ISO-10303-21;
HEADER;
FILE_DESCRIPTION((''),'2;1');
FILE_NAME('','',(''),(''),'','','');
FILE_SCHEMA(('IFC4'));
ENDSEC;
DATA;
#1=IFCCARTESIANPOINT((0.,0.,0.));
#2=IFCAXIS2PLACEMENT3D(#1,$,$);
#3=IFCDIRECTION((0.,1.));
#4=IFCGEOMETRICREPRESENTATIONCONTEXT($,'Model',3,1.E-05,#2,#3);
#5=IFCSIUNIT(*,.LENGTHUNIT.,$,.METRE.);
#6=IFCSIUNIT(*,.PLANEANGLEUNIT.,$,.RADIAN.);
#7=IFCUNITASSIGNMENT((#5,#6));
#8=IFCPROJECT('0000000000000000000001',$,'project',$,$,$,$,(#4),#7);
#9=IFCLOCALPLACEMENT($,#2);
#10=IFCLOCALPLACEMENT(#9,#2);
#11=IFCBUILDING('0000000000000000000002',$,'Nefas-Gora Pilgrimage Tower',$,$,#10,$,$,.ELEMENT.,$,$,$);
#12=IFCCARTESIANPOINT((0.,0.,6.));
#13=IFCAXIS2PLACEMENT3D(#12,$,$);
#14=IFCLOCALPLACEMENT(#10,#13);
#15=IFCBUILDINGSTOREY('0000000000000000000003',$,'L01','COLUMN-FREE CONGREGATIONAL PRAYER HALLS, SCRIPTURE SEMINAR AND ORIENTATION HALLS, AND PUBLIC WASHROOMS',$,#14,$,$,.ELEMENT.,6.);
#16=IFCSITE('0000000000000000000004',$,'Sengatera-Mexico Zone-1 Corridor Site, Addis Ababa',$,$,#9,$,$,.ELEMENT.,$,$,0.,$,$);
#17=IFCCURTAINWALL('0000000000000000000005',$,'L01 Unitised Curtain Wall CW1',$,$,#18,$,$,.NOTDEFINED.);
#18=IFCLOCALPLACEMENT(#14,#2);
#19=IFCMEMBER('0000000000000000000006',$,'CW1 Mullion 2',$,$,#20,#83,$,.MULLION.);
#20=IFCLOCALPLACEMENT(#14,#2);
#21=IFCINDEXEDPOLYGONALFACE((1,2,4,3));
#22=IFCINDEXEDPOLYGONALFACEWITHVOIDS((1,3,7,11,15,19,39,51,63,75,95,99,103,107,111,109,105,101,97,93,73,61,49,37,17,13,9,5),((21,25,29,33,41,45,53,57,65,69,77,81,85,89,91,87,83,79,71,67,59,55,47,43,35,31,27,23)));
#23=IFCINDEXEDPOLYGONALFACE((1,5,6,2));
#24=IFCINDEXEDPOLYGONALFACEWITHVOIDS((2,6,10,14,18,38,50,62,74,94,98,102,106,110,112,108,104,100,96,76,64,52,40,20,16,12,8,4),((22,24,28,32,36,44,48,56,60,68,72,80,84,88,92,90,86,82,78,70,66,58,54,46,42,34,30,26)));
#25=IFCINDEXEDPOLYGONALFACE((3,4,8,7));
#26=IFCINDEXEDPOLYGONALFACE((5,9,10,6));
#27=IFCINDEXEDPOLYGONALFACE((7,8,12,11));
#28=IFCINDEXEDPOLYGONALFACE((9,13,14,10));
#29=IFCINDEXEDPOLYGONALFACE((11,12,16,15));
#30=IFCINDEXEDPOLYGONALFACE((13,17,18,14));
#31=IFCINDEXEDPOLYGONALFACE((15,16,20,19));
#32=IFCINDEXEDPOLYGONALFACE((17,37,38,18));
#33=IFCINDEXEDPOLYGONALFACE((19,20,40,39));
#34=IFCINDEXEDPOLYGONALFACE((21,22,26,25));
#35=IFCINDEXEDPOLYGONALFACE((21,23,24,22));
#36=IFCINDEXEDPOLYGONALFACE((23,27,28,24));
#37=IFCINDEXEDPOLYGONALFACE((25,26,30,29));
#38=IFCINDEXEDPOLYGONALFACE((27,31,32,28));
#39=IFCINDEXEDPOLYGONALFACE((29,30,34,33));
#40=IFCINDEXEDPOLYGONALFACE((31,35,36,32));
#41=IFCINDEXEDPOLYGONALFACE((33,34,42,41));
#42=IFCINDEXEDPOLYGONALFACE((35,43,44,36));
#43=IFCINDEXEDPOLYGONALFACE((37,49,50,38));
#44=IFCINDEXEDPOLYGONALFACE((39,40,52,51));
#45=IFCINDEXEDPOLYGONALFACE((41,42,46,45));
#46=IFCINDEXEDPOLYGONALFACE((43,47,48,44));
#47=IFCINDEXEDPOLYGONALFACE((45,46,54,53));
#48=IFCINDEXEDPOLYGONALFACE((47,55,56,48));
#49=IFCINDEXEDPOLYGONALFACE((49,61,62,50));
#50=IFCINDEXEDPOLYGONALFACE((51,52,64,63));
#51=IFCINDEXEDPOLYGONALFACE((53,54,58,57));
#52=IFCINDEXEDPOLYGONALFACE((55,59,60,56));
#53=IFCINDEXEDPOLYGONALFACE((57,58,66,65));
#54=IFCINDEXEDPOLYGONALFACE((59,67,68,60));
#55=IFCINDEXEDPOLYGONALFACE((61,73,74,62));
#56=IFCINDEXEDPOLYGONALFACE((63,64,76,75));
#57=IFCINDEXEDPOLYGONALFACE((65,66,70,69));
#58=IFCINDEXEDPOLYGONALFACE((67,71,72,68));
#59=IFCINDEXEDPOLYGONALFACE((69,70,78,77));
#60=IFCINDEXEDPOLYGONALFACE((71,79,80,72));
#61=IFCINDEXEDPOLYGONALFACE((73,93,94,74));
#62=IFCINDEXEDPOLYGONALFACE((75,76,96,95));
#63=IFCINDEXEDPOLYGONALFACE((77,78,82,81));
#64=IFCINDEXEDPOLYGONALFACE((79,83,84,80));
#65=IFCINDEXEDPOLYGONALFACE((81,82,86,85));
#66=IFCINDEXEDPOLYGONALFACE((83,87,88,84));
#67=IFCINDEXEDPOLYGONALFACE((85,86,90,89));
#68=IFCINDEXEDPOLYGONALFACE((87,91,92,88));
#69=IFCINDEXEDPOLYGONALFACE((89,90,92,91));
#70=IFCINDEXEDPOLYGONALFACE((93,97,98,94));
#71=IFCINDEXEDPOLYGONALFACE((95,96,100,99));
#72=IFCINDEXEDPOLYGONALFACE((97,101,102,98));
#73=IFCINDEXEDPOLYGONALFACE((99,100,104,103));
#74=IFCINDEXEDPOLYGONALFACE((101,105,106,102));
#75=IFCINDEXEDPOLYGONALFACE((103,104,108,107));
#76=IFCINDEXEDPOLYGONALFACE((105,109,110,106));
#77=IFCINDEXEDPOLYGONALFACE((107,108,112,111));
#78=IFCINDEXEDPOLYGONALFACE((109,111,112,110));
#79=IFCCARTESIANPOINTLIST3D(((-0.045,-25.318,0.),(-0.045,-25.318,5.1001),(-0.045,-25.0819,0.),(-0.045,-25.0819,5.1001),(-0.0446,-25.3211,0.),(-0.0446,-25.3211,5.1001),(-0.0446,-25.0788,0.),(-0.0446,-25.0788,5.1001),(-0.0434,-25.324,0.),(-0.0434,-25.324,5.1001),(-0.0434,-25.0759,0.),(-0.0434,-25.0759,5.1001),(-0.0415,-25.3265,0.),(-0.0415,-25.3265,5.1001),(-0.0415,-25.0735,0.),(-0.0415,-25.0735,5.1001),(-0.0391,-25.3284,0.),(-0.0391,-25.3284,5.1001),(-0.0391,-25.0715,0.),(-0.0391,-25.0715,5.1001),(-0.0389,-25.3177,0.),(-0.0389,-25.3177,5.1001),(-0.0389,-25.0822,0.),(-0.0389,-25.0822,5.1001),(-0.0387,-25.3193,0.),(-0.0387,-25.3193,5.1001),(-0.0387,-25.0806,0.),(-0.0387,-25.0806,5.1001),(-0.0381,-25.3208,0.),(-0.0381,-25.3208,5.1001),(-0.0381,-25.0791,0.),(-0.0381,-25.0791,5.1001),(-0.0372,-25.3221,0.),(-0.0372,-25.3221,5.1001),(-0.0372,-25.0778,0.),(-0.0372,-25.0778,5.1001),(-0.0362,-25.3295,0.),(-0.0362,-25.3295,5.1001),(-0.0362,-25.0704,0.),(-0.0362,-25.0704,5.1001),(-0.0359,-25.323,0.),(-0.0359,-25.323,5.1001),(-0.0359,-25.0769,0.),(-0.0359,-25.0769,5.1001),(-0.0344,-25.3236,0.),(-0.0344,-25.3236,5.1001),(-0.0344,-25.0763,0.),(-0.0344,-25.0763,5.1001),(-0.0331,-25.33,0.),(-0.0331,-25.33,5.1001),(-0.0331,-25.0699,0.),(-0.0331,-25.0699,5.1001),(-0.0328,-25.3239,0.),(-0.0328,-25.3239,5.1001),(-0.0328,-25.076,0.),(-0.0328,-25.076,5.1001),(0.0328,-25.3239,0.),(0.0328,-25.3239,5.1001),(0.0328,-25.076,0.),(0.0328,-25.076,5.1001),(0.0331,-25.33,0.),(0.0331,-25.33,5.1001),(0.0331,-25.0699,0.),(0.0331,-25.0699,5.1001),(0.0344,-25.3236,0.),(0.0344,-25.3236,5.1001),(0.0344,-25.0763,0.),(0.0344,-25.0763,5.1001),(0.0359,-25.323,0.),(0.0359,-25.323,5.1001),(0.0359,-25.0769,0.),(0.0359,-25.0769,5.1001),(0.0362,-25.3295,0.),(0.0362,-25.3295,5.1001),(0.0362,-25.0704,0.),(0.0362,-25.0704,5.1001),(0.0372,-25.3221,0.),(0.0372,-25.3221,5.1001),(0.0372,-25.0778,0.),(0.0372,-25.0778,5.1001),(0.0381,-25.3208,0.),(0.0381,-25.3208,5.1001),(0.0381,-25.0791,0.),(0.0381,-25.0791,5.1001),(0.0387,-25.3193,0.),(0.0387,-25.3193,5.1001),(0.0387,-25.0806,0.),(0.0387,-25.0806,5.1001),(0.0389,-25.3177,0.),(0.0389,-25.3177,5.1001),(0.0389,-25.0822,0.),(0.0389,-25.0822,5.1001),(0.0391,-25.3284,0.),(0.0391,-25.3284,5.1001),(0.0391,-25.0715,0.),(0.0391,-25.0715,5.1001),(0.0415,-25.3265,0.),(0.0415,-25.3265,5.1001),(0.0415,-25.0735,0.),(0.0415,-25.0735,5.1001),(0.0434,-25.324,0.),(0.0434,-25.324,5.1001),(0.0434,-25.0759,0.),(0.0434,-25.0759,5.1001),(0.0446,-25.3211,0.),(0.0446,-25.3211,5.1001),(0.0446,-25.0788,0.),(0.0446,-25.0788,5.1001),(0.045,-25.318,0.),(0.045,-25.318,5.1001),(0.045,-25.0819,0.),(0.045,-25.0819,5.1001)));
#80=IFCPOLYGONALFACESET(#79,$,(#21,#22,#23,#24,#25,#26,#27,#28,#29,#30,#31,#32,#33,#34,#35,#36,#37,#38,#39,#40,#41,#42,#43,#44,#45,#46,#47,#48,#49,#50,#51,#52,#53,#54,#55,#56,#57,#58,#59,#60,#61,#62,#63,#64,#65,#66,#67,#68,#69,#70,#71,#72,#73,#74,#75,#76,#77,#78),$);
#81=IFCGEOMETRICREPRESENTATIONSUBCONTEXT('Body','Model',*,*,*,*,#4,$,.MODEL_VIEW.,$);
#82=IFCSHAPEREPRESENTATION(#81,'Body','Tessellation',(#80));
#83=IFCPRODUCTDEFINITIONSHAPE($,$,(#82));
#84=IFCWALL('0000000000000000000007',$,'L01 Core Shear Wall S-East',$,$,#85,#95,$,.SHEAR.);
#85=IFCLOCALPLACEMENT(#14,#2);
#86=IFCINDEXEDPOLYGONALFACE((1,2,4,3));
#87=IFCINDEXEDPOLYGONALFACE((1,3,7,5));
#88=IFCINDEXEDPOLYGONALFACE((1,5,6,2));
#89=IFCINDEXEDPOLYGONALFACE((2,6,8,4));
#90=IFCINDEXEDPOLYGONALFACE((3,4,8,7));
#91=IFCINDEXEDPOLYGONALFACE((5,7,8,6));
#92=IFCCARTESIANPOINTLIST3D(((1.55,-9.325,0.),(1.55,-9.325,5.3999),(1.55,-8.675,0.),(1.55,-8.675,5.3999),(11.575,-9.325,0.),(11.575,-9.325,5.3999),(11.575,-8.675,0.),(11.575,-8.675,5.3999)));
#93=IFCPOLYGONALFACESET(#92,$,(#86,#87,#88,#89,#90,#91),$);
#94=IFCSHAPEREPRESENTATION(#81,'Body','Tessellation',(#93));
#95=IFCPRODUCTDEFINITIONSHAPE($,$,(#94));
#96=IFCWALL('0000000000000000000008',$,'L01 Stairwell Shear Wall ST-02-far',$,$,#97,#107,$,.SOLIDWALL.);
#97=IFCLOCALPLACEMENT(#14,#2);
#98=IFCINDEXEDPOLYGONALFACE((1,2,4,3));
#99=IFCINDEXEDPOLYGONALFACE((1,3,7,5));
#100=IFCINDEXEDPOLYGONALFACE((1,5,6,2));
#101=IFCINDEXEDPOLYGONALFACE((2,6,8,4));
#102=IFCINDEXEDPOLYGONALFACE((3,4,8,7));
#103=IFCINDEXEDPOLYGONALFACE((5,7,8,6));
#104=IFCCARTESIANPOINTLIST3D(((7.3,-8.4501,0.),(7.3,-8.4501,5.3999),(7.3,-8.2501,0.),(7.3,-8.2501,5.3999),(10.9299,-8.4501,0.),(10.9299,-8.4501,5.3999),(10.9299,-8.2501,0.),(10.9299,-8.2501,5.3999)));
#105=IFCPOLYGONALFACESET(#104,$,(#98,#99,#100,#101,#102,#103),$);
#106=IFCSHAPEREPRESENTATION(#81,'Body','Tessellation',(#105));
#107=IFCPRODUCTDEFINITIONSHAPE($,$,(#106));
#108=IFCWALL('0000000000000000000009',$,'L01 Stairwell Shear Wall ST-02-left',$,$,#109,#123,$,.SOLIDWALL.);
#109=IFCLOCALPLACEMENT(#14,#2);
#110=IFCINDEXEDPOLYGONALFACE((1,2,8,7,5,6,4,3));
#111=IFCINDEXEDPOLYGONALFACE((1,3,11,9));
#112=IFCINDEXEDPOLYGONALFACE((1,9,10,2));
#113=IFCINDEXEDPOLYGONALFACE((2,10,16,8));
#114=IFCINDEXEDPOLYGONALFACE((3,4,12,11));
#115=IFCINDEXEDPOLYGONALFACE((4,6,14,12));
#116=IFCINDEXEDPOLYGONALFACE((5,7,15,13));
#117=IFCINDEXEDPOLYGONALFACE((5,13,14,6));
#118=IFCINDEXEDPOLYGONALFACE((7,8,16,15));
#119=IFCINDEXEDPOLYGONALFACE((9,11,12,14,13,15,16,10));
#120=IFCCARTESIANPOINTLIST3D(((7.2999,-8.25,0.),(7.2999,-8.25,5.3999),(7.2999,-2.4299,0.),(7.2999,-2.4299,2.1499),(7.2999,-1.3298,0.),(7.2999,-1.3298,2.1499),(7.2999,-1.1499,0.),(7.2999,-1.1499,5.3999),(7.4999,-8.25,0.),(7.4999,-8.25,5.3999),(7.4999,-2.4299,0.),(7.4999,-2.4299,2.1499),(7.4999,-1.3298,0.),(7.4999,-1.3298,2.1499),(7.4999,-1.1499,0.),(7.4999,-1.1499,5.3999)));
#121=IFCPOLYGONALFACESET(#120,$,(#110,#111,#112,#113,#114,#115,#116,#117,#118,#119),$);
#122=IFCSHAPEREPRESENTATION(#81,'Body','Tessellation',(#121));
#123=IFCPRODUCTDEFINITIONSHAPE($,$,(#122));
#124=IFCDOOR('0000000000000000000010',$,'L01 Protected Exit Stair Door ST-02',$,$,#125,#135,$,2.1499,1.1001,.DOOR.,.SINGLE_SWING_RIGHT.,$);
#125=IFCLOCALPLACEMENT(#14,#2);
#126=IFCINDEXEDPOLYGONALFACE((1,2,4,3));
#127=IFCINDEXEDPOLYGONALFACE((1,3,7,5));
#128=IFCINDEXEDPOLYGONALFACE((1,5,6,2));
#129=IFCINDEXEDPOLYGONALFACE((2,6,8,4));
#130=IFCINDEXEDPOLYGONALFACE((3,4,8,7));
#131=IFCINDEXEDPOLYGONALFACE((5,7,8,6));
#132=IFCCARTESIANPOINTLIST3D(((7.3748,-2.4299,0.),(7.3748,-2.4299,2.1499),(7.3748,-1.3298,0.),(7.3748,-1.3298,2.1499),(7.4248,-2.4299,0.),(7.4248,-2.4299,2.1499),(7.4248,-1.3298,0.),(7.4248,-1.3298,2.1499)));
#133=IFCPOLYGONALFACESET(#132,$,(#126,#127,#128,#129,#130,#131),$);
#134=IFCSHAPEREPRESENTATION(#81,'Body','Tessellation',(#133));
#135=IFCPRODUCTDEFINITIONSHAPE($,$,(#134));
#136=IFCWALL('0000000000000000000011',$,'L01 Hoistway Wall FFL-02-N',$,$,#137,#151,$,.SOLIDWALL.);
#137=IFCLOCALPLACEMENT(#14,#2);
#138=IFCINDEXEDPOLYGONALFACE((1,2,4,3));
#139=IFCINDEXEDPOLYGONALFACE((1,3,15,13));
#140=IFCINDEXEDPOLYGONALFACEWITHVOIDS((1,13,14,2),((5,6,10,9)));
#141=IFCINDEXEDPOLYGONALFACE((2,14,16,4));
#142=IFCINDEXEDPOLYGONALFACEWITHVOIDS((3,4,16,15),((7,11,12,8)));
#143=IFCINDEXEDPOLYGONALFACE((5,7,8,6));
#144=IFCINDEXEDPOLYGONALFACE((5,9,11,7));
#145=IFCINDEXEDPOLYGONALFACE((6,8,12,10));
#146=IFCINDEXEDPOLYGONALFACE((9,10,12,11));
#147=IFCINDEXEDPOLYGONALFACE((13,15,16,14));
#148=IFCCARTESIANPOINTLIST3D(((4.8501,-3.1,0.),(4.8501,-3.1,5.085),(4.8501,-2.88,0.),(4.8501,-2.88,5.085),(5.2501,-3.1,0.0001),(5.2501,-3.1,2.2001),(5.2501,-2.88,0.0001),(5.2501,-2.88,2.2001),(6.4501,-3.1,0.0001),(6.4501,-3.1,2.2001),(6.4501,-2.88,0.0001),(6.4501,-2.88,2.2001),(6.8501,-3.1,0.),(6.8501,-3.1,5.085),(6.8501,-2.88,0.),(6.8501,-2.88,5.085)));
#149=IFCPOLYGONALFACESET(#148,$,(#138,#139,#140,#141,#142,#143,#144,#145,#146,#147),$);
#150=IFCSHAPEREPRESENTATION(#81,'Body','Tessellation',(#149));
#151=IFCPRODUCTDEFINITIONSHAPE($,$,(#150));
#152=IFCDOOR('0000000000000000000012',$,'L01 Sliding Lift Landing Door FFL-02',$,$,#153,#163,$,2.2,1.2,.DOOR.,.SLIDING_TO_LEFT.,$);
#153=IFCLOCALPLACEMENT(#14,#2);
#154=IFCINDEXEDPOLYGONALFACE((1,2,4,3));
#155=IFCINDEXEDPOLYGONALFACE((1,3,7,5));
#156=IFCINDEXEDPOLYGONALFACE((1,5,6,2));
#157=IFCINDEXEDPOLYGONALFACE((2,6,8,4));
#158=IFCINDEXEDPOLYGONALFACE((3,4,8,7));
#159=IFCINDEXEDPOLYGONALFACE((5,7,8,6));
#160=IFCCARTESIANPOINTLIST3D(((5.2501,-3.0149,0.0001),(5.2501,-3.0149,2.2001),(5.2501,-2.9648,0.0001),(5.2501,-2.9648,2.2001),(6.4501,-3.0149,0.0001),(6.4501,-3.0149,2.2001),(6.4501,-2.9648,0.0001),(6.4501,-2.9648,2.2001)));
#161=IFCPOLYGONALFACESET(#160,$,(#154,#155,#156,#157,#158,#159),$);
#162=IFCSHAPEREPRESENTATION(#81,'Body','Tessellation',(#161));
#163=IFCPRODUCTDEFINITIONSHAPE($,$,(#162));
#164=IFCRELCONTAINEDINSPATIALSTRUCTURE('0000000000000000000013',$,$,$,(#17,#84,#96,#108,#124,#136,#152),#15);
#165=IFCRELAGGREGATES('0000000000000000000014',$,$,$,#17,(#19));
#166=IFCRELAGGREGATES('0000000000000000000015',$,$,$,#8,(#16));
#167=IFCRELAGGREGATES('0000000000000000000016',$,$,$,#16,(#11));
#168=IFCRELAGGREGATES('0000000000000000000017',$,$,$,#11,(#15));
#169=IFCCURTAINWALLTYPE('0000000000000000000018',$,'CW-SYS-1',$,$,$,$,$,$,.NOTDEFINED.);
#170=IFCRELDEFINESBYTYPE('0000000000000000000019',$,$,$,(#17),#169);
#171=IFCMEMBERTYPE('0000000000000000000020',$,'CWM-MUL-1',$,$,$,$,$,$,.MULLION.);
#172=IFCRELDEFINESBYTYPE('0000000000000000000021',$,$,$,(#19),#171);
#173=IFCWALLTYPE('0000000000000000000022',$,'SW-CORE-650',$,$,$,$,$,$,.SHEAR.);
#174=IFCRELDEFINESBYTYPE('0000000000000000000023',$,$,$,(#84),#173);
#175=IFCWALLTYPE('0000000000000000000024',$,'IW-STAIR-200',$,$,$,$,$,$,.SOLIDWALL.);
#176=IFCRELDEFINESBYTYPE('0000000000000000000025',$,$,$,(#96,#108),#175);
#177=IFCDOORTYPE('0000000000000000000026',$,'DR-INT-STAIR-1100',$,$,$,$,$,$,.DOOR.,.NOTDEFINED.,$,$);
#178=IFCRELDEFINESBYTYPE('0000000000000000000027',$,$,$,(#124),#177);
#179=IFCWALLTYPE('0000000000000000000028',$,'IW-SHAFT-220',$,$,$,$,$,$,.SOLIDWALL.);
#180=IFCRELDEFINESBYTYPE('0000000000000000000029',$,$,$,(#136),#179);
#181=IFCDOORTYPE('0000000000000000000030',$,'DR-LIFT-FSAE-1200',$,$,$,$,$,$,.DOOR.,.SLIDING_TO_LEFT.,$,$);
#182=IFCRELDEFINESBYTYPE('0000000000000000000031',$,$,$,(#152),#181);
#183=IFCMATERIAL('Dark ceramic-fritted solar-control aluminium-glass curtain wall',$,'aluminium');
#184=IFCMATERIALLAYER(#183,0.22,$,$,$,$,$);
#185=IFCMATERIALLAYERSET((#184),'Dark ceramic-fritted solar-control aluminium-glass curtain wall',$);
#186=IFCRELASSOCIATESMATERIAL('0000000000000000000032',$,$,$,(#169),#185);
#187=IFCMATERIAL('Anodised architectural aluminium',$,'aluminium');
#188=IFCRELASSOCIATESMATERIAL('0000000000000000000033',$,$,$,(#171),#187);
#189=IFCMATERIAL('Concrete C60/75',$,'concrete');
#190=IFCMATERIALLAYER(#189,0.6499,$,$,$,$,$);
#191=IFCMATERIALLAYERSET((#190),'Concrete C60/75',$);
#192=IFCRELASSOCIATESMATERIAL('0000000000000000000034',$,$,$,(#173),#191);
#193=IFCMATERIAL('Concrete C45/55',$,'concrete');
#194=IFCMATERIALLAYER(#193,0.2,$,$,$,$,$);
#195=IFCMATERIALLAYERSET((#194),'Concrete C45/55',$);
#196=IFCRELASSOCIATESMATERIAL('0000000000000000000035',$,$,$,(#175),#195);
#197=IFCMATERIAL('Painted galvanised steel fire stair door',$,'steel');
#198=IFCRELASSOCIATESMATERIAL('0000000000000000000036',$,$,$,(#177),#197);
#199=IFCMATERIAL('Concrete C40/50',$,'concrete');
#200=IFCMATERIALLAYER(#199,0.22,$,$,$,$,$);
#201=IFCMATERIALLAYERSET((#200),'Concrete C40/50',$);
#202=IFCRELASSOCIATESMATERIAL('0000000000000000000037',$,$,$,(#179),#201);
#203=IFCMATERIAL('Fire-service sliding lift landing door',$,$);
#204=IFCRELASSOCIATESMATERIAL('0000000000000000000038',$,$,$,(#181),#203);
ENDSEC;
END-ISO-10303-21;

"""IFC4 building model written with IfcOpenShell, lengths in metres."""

from ifc_helpers import new_model, si_unit, direction, frame, frame_2d, origin, origin_2d, place, context, subcontext, project, spatial, rectangle, hollow_rectangle, extrude, source, transform, mapped, material, layer, layer_set, material_profile, profile_set, type_object, element, fill, aggregate, save


model = new_model("IFC4")

# Units and contexts
model_context = context("Model", 3, precision=1e-05, world=origin(), true_north=direction((0.0, 1.0)))
body_context = subcontext(model_context, "Body", "Model", "MODEL_VIEW")
ifc_project = project(units=[si_unit("LENGTHUNIT", "METRE"), si_unit("PLANEANGLEUNIT", "RADIAN")], contexts=[model_context])

# Site, building, storey
site_placement = place(None, origin())
site = spatial("IfcSite", under=ifc_project, at=site_placement, Name="Sengatera-Mexico Zone-1 Corridor Site, Addis Ababa", CompositionType="ELEMENT", RefElevation=0.0)
building_placement = place(site_placement, origin())
building = spatial("IfcBuilding", under=site, at=building_placement, Name="Nefas-Gora Pilgrimage Tower", CompositionType="ELEMENT")
storey_placement = place(building_placement, frame((0.0, 0.0, 6.0)))
storey = spatial("IfcBuildingStorey", under=building, at=storey_placement, Name="L01", Description="COLUMN-FREE CONGREGATIONAL PRAYER HALLS, SCRIPTURE SEMINAR AND ORIENTATION HALLS, AND PUBLIC WASHROOMS", CompositionType="ELEMENT", Elevation=6.0)

# Curtain wall, member
ifc_material_1 = material(Name="Dark ceramic-fritted solar-control aluminium-glass curtain wall", Category="aluminium")
ifc_layer_1 = layer(ifc_material_1, 0.22)
ifc_layer_set_1 = layer_set([ifc_layer_1], Name="Dark ceramic-fritted solar-control aluminium-glass curtain wall")
curtain_wall_type = type_object("IfcCurtainWallType", Name="CW-SYS-1", PredefinedType="NOTDEFINED", material=ifc_layer_set_1)
curtain_wall_placement = place(storey_placement, origin())
curtain_wall = element("IfcCurtainWall", 1, at=curtain_wall_placement, inside=storey, type_object=curtain_wall_type, Name="L01 Unitised Curtain Wall CW1", PredefinedType="NOTDEFINED")
ifc_material_2 = material(Name="Anodised architectural aluminium", Category="aluminium")
ifc_material_profile_1 = material_profile(ifc_material_2, hollow_rectangle(XDim=0.0901, YDim=0.26, WallThickness=0.0061, InnerFilletRadius=0.0061, OuterFilletRadius=0.012, at=origin_2d()), Name="ALU MULLION 90x260")
ifc_profile_set_1 = profile_set([ifc_material_profile_1], Name="Anodised architectural aluminium")
member_type = type_object("IfcMemberType", Name="CWM-MUL-1", PredefinedType="MULLION", material=ifc_profile_set_1)
shared_shape_1 = source(origin(), body_context, "Body", "SweptSolid", [
    extrude(hollow_rectangle(XDim=0.0901, YDim=0.26, WallThickness=0.0061, InnerFilletRadius=0.0061, OuterFilletRadius=0.012, at=origin_2d()), origin(), (0.0, 0.0, 1.0), 5.1001),
])
member_placement = place(storey_placement, frame((0.0, -25.2, 0.0), z_axis=(0.0, 0.0, 1.0), x_axis=(1.0, 0.0, 0.0)))
member = element("IfcMember", 2, at=member_placement, type_object=member_type, Name="CW1 Mullion 2", PredefinedType="MULLION", context=body_context, shape_type="MappedRepresentation", body=[
    mapped(shared_shape_1, transform((0.0, 0.0, 0.0), x_axis=(1.0, 0.0, 0.0), y_axis=(0.0, 1.0, 0.0), z_axis=(0.0, 0.0, 1.0), scale=1.0)),
])
aggregate(curtain_wall, [member])

# Walls
ifc_material_3 = material(Name="Concrete C60/75", Category="concrete")
ifc_layer_2 = layer(ifc_material_3, 0.6499)
ifc_layer_set_2 = layer_set([ifc_layer_2], Name="Concrete C60/75")
wall_type_1 = type_object("IfcWallType", Name="SW-CORE-650", PredefinedType="SHEAR", material=ifc_layer_set_2)
shared_shape_2 = source(origin(), body_context, "Body", "SweptSolid", [
    extrude(rectangle(XDim=10.0249, YDim=0.6499, at=frame_2d((5.0125, 0.0))), origin(), (0.0, 0.0, 1.0), 5.3999),
])
wall_1_placement = place(storey_placement, frame((1.55, -9.0, 0.0), z_axis=(0.0, 0.0, 1.0), x_axis=(1.0, 0.0, 0.0)))
element("IfcWall", 3, at=wall_1_placement, inside=storey, type_object=wall_type_1, Name="L01 Core Shear Wall S-East", PredefinedType="SHEAR", context=body_context, shape_type="MappedRepresentation", body=[
    mapped(shared_shape_2, transform((0.0, 0.0, 0.0), x_axis=(1.0, 0.0, 0.0), y_axis=(0.0, 1.0, 0.0), z_axis=(0.0, 0.0, 1.0), scale=1.0)),
])
ifc_material_4 = material(Name="Concrete C45/55", Category="concrete")
ifc_layer_3 = layer(ifc_material_4, 0.2)
ifc_layer_set_3 = layer_set([ifc_layer_3], Name="Concrete C45/55")
wall_type_2 = type_object("IfcWallType", Name="IW-STAIR-200", PredefinedType="SOLIDWALL", material=ifc_layer_set_3)
shared_shape_3 = source(origin(), body_context, "Body", "SweptSolid", [
    extrude(rectangle(XDim=3.6299, YDim=0.2, at=frame_2d((1.8149, 0.0))), origin(), (0.0, 0.0, 1.0), 5.3999),
])
wall_2_placement = place(storey_placement, frame((7.3, -8.3501, 0.0), z_axis=(0.0, 0.0, 1.0), x_axis=(1.0, 0.0, 0.0)))
element("IfcWall", 4, at=wall_2_placement, inside=storey, type_object=wall_type_2, Name="L01 Stairwell Shear Wall ST-02-far", PredefinedType="SOLIDWALL", context=body_context, shape_type="MappedRepresentation", body=[
    mapped(shared_shape_3, transform((0.0, 0.0, 0.0), x_axis=(1.0, 0.0, 0.0), y_axis=(0.0, 1.0, 0.0), z_axis=(0.0, 0.0, 1.0), scale=1.0)),
])

# Walls, openings, doors
shared_shape_4 = source(origin(), body_context, "Body", "SweptSolid", [
    extrude(rectangle(XDim=7.1001, YDim=0.2, at=frame_2d((3.55, 0.0))), origin(), (0.0, 0.0, 1.0), 5.3999),
])
wall_3_placement = place(storey_placement, frame((7.3999, -1.1499, 0.0), z_axis=(0.0, 0.0, 1.0), x_axis=(0.0, -1.0, 0.0)))
wall_3 = element("IfcWall", 5, at=wall_3_placement, inside=storey, type_object=wall_type_2, Name="L01 Stairwell Shear Wall ST-02-left", PredefinedType="SOLIDWALL", context=body_context, shape_type="MappedRepresentation", body=[
    mapped(shared_shape_4, transform((0.0, 0.0, 0.0), x_axis=(1.0, 0.0, 0.0), y_axis=(0.0, 1.0, 0.0), z_axis=(0.0, 0.0, 1.0), scale=1.0)),
])
opening_1_placement = place(wall_3_placement, frame((0.1799, 0.0, 0.0)))
opening_1 = element("IfcOpeningElement", 6, at=opening_1_placement, cuts=wall_3, PredefinedType="OPENING", context=body_context, shape_type="SweptSolid", body=[
    extrude(rectangle(XDim=1.1001, YDim=2.1499, at=frame_2d((0.55, 1.075))), frame((0.0, 0.1099, 0.0), z_axis=(0.0, -1.0, 0.0), x_axis=(1.0, 0.0, 0.0)), (0.0, 0.0, 1.0), 0.22),
])
ifc_material_5 = material(Name="Painted galvanised steel fire stair door", Category="steel")
door_type_1 = type_object("IfcDoorType", Name="DR-INT-STAIR-1100", OperationType="NOTDEFINED", PredefinedType="DOOR", material=ifc_material_5)
shared_shape_5 = source(origin(), body_context, "Body", "SweptSolid", [
    extrude(rectangle(XDim=1.1001, YDim=2.1499, at=frame_2d((0.55, 1.075))), frame((0.0, 0.0249, 0.0), z_axis=(0.0, -1.0, 0.0), x_axis=(1.0, 0.0, 0.0)), (0.0, 0.0, 1.0), 0.05),
])
door_1_placement = place(opening_1_placement, origin())
door_1 = element("IfcDoor", 7, at=door_1_placement, inside=storey, type_object=door_type_1, Name="L01 Protected Exit Stair Door ST-02", OperationType="SINGLE_SWING_RIGHT", OverallHeight=2.1499, OverallWidth=1.1001, PredefinedType="DOOR", context=body_context, shape_type="MappedRepresentation", body=[
    mapped(shared_shape_5, transform((0.0, 0.0, 0.0), x_axis=(1.0, 0.0, 0.0), y_axis=(0.0, 1.0, 0.0), z_axis=(0.0, 0.0, 1.0), scale=1.0)),
])
fill(opening_1, door_1)
ifc_material_6 = material(Name="Concrete C40/50", Category="concrete")
ifc_layer_4 = layer(ifc_material_6, 0.22)
ifc_layer_set_4 = layer_set([ifc_layer_4], Name="Concrete C40/50")
wall_type_3 = type_object("IfcWallType", Name="IW-SHAFT-220", PredefinedType="SOLIDWALL", material=ifc_layer_set_4)
shared_shape_6 = source(origin(), body_context, "Body", "SweptSolid", [
    extrude(rectangle(XDim=2.0, YDim=0.22, at=frame_2d((1.0, 0.0))), origin(), (0.0, 0.0, 1.0), 5.085),
])
wall_4_placement = place(storey_placement, frame((6.8501, -2.99, 0.0), z_axis=(0.0, 0.0, 1.0), x_axis=(-1.0, 0.0, 0.0)))
wall_4 = element("IfcWall", 8, at=wall_4_placement, inside=storey, type_object=wall_type_3, Name="L01 Hoistway Wall FFL-02-N", PredefinedType="SOLIDWALL", context=body_context, shape_type="MappedRepresentation", body=[
    mapped(shared_shape_6, transform((0.0, 0.0, 0.0), x_axis=(1.0, 0.0, 0.0), y_axis=(0.0, 1.0, 0.0), z_axis=(0.0, 0.0, 1.0), scale=1.0)),
])
opening_2_placement = place(wall_4_placement, frame((0.3999, 0.0, 0.0)))
opening_2 = element("IfcOpeningElement", 9, at=opening_2_placement, cuts=wall_4, PredefinedType="OPENING", context=body_context, shape_type="SweptSolid", body=[
    extrude(rectangle(XDim=1.2, YDim=2.2, at=frame_2d((0.6001, 1.1001))), frame((0.0, 0.1199, 0.0), z_axis=(0.0, -1.0, 0.0), x_axis=(1.0, 0.0, 0.0)), (0.0, 0.0, 1.0), 0.24),
])
ifc_material_7 = material(Name="Fire-service sliding lift landing door")
door_type_2 = type_object("IfcDoorType", Name="DR-LIFT-FSAE-1200", OperationType="SLIDING_TO_LEFT", PredefinedType="DOOR", material=ifc_material_7)
shared_shape_7 = source(origin(), body_context, "Body", "SweptSolid", [
    extrude(rectangle(XDim=1.2, YDim=2.2, at=frame_2d((0.6001, 1.1001))), frame((0.0, 0.0249, 0.0), z_axis=(0.0, -1.0, 0.0), x_axis=(1.0, 0.0, 0.0)), (0.0, 0.0, 1.0), 0.05),
])
door_2_placement = place(opening_2_placement, origin())
door_2 = element("IfcDoor", 10, at=door_2_placement, inside=storey, type_object=door_type_2, Name="L01 Sliding Lift Landing Door FFL-02", OperationType="SLIDING_TO_LEFT", OverallHeight=2.2, OverallWidth=1.2, PredefinedType="DOOR", context=body_context, shape_type="MappedRepresentation", body=[
    mapped(shared_shape_7, transform((0.0, 0.0, 0.0), x_axis=(1.0, 0.0, 0.0), y_axis=(0.0, 1.0, 0.0), z_axis=(0.0, 0.0, 1.0), scale=1.0)),
])
fill(opening_2, door_2)

save(model, "model.ifc")
